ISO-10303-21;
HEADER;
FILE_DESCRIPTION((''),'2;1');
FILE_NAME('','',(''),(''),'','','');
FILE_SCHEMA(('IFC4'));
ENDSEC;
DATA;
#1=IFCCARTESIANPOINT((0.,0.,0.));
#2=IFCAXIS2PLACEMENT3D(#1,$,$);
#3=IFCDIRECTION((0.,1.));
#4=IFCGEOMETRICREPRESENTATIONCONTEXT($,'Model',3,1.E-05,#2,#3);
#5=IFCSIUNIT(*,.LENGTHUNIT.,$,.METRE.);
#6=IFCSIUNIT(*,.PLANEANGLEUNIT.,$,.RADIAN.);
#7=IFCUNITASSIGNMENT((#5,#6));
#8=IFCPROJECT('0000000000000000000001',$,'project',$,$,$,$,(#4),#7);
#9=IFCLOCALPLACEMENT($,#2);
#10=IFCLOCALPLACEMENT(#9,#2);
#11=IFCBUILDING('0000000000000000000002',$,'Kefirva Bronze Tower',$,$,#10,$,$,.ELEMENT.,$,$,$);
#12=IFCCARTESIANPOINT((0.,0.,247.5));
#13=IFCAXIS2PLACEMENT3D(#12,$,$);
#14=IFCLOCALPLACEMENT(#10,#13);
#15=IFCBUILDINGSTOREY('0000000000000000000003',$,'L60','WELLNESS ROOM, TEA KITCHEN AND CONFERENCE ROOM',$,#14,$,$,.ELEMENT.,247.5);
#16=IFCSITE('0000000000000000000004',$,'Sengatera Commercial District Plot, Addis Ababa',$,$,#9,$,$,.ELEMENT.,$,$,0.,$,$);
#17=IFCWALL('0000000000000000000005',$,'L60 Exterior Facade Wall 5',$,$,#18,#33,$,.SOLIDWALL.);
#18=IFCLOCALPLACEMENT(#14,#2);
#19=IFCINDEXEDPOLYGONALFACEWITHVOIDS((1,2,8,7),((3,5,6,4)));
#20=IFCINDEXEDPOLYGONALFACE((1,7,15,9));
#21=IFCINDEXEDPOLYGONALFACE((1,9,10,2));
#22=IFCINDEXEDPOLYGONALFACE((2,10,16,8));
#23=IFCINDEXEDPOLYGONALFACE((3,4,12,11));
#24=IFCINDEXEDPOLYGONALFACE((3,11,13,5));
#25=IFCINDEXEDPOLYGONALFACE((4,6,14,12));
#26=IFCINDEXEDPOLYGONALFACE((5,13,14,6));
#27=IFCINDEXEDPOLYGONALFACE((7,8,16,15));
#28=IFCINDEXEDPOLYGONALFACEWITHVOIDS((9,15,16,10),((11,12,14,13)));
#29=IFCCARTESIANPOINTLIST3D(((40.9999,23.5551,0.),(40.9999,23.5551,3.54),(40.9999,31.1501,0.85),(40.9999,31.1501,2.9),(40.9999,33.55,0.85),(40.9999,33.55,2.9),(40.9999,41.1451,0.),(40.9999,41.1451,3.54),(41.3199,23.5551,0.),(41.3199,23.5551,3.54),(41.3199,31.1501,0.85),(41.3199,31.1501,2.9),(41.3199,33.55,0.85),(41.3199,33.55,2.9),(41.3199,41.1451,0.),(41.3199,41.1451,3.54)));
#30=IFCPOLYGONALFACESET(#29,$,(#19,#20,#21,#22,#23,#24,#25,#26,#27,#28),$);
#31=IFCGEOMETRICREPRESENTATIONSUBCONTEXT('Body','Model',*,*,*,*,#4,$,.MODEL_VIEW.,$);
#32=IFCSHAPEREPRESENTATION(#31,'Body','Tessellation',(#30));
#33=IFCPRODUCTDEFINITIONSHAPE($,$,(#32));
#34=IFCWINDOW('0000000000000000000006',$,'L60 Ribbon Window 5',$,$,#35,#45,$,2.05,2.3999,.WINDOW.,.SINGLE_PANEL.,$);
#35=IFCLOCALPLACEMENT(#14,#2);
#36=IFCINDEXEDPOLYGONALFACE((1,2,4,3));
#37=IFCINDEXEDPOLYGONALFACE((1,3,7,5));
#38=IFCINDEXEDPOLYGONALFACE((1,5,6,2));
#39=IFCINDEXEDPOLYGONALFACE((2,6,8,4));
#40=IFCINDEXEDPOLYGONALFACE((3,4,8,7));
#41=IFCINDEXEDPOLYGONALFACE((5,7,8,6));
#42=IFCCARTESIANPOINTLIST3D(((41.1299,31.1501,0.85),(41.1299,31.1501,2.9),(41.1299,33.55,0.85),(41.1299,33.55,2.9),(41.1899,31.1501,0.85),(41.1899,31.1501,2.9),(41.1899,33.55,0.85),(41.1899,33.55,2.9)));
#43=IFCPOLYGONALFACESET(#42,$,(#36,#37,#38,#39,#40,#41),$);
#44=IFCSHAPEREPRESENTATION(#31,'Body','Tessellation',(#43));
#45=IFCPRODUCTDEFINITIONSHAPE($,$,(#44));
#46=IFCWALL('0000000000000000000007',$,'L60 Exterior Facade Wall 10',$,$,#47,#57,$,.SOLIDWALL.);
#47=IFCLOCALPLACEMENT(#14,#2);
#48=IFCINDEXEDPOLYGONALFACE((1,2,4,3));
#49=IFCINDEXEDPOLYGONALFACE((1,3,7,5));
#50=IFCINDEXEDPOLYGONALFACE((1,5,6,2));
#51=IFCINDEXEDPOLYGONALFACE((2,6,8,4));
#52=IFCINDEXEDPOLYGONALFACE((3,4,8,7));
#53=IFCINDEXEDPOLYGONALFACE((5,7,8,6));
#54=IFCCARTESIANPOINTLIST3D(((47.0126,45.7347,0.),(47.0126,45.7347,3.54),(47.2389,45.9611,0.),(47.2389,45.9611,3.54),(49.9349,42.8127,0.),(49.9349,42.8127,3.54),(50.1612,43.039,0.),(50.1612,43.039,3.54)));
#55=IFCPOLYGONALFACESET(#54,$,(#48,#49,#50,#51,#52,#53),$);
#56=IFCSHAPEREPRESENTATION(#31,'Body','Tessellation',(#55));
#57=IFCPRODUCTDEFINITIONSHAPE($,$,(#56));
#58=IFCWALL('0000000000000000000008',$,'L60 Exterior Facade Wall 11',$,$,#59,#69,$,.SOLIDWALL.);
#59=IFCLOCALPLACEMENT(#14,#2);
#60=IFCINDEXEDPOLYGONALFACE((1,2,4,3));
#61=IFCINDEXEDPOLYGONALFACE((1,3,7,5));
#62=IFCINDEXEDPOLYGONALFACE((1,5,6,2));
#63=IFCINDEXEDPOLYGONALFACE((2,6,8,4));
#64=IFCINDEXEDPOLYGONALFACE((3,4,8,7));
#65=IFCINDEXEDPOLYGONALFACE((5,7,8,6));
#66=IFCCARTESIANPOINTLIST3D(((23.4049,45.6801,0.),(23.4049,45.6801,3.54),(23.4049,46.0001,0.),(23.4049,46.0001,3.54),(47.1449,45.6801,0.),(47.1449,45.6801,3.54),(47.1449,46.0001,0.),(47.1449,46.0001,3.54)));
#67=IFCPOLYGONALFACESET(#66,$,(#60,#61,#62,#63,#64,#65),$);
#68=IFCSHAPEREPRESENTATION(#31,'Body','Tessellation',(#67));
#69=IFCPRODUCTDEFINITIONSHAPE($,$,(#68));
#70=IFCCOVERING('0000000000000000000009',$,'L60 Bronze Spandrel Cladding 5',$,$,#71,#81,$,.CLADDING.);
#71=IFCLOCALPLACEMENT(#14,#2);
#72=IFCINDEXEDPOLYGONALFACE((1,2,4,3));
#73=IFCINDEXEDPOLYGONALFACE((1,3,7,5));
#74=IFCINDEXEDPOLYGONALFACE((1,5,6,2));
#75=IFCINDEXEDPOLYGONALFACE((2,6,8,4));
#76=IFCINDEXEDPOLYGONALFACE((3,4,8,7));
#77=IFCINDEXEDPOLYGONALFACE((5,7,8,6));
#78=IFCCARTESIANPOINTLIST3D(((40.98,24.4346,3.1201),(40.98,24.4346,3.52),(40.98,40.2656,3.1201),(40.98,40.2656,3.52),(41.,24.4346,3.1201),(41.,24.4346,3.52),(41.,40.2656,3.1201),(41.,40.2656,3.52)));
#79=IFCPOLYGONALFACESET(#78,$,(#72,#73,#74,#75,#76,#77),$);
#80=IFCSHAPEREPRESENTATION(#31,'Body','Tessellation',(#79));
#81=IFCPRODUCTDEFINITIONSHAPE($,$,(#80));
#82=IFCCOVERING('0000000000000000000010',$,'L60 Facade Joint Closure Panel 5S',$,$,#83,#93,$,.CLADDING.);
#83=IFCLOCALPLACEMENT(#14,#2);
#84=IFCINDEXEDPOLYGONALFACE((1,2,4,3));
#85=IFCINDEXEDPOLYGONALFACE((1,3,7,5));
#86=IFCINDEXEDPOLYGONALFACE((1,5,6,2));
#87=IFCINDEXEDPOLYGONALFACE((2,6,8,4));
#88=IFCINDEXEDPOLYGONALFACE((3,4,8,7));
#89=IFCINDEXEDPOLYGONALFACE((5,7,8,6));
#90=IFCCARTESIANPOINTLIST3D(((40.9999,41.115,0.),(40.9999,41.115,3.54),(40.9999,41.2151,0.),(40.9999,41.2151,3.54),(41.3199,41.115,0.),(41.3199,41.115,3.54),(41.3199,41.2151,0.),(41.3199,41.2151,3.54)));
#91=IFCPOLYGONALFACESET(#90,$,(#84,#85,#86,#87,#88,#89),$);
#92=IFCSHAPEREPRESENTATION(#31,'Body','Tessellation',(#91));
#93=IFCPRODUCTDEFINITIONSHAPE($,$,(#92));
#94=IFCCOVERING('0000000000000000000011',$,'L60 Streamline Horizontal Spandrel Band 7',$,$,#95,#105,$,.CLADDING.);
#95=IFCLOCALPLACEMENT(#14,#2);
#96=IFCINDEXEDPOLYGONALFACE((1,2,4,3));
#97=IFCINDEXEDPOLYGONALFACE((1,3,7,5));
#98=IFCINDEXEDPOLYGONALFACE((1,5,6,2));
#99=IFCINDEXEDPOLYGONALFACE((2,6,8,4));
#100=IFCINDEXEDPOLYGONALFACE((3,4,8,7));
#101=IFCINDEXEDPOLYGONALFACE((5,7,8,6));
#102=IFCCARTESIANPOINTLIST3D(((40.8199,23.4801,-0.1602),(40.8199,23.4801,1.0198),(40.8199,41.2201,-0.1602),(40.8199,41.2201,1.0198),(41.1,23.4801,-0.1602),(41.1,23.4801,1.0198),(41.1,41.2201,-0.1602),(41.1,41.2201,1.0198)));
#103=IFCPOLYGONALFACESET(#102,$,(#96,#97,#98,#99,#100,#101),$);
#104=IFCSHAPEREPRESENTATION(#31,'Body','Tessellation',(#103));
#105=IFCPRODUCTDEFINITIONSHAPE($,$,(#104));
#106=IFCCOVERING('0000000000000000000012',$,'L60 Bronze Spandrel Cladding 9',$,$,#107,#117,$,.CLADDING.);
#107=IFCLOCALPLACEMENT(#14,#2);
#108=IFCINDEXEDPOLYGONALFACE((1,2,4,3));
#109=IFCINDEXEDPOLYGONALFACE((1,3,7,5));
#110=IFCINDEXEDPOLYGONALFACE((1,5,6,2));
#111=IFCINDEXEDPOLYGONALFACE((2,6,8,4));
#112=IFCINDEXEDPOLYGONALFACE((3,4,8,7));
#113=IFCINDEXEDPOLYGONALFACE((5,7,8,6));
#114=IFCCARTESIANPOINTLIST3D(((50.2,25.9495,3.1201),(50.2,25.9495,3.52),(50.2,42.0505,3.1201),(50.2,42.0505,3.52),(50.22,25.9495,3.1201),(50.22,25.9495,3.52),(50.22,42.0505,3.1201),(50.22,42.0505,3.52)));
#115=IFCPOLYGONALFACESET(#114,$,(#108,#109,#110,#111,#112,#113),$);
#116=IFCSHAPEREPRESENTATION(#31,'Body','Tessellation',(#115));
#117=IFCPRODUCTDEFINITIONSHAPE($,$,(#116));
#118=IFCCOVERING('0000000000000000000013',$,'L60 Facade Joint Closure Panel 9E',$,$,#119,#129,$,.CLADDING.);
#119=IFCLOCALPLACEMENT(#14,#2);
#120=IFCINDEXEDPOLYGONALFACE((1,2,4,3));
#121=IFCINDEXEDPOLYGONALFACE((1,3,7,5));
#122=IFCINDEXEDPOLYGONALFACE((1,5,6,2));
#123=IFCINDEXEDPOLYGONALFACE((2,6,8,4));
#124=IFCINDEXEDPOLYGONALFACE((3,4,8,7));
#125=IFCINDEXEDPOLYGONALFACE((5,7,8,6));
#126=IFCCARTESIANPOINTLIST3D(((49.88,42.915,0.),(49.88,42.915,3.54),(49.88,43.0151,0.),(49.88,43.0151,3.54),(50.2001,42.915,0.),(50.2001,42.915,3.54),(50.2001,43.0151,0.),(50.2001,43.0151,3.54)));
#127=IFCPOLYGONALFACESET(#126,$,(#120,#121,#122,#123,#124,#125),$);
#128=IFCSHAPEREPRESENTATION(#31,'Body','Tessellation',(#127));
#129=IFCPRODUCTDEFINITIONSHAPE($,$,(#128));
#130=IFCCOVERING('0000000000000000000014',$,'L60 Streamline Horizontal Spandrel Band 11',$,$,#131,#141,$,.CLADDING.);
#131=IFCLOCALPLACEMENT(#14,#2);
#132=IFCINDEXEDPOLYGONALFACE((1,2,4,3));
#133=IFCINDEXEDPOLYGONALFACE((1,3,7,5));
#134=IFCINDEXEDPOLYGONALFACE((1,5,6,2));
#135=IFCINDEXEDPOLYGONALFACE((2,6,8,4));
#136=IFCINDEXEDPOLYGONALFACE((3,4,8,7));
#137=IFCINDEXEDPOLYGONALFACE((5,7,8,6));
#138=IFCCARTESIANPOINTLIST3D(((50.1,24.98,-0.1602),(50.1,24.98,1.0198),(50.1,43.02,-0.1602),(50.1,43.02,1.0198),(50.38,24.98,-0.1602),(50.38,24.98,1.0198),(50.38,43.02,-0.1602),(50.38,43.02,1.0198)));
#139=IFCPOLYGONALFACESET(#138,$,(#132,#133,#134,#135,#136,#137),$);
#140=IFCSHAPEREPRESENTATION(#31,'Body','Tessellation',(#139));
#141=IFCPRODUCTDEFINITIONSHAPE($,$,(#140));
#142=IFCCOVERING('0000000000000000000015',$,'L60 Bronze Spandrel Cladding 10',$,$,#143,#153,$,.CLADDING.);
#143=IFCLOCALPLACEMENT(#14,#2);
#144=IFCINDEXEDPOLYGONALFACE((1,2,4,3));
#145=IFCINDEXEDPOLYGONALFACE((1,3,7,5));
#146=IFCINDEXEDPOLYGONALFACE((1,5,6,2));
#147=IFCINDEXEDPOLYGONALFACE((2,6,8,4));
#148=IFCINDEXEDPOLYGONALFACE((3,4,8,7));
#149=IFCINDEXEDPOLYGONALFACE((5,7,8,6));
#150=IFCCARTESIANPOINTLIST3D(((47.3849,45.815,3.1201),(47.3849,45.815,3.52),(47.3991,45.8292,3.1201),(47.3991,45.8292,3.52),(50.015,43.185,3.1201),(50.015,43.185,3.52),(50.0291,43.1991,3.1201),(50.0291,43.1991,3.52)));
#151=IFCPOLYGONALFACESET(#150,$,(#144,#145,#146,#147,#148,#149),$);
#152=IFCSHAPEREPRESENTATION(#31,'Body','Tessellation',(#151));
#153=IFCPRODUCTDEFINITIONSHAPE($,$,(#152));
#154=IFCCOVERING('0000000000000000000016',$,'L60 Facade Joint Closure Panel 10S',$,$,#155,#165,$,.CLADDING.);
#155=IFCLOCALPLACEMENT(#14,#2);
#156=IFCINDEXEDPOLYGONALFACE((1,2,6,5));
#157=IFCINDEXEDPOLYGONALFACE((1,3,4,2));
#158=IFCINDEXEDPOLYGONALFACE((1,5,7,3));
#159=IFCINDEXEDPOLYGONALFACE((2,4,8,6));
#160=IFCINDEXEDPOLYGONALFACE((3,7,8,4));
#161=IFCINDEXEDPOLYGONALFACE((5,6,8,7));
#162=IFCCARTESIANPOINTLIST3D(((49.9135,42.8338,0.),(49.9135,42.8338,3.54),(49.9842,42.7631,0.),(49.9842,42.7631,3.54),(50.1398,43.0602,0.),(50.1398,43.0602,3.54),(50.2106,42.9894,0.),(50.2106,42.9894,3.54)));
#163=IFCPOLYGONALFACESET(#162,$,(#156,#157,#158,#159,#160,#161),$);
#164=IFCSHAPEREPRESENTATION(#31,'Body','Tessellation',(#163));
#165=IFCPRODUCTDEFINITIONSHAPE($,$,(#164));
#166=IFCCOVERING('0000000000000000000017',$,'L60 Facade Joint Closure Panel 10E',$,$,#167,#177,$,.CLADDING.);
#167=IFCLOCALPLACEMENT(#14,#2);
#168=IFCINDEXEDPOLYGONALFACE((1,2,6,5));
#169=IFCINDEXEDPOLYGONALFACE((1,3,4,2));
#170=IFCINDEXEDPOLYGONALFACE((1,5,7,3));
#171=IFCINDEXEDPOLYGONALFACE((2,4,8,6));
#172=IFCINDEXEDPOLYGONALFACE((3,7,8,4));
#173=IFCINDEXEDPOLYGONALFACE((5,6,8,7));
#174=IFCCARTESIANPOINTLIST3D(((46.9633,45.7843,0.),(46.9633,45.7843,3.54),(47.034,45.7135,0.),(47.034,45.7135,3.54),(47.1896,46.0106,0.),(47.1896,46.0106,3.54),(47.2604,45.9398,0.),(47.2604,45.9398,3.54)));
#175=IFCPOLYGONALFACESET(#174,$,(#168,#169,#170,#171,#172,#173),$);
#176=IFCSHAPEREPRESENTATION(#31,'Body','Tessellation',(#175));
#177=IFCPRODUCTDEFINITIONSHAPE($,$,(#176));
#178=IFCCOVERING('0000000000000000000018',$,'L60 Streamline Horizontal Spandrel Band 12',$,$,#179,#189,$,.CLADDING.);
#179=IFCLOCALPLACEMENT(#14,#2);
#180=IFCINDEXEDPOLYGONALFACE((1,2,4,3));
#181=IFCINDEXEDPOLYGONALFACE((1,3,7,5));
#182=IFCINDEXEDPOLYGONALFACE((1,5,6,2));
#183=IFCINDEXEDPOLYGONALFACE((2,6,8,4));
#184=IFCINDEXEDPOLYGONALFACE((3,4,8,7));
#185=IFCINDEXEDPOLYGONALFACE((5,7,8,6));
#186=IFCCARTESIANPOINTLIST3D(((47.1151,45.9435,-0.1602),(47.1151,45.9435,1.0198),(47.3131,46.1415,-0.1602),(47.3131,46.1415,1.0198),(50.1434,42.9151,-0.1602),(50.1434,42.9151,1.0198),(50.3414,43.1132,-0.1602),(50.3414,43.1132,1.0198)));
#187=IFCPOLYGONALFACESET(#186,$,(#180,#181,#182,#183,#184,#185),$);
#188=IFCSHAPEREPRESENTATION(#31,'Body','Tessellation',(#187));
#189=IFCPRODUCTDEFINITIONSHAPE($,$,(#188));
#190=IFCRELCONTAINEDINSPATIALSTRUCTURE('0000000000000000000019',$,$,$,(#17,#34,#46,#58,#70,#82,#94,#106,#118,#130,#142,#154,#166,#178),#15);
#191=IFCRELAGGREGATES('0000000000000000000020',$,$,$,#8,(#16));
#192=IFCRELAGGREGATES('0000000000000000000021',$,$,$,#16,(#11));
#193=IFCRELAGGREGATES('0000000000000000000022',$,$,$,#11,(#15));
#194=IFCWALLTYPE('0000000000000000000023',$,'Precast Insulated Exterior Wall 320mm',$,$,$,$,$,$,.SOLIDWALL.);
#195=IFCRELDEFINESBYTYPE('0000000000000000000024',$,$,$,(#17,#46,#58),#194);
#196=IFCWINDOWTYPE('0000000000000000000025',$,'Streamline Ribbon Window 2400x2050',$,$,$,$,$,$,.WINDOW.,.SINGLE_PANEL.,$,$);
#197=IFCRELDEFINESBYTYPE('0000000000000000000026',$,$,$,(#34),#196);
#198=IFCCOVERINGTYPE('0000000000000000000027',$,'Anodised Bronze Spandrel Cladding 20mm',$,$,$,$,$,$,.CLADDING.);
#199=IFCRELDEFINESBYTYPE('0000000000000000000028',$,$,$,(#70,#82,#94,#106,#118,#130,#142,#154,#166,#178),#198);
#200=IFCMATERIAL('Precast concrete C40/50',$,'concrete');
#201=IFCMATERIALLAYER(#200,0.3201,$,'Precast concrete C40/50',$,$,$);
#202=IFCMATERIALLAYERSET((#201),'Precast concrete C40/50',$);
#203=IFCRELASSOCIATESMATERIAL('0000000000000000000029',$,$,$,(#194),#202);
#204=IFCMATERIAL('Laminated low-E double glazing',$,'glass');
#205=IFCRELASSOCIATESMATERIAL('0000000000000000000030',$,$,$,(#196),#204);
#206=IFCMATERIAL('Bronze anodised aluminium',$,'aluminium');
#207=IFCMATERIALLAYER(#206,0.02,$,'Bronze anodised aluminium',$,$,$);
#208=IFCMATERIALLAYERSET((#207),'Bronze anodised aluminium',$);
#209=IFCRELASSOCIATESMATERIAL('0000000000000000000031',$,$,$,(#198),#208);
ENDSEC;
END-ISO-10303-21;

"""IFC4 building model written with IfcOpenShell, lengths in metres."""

from ifc_helpers import new_model, si_unit, direction, frame, frame_2d, origin, origin_2d, place, context, subcontext, project, spatial, rectangle, extrude, material, layer, layer_set, type_object, element, fill, save


model = new_model("IFC4")

# Units and contexts
model_context = context("Model", 3, precision=1e-05, world=origin(), true_north=direction((0.0, 1.0)))
body_context = subcontext(model_context, "Body", "Model", "MODEL_VIEW")
ifc_project = project(units=[si_unit("LENGTHUNIT", "METRE"), si_unit("PLANEANGLEUNIT", "RADIAN")], contexts=[model_context])

# Site, building, storey
site_placement = place(None, origin())
site = spatial("IfcSite", under=ifc_project, at=site_placement, Name="Sengatera Commercial District Plot, Addis Ababa", CompositionType="ELEMENT", RefElevation=0.0)
building_placement = place(site_placement, origin())
building = spatial("IfcBuilding", under=site, at=building_placement, Name="Kefirva Bronze Tower", CompositionType="ELEMENT")
storey_placement = place(building_placement, frame((0.0, 0.0, 247.5)))
storey = spatial("IfcBuildingStorey", under=building, at=storey_placement, Name="L60", Description="WELLNESS ROOM, TEA KITCHEN AND CONFERENCE ROOM", CompositionType="ELEMENT", Elevation=247.5)

# Shared definitions
ifc_material_1 = material(Name="Bronze anodised aluminium", Category="aluminium")

# Shared definitions
ifc_material_2 = material(Name="Laminated low-E double glazing", Category="glass")

# Wall, opening, window
ifc_material_3 = material(Name="Precast concrete C40/50", Category="concrete")
ifc_layer_1 = layer(ifc_material_3, 0.3201, Name="Precast concrete C40/50")
ifc_layer_set_1 = layer_set([ifc_layer_1], Name="Precast concrete C40/50")
wall_type_1 = type_object("IfcWallType", Name="Precast Insulated Exterior Wall 320mm", PredefinedType="SOLIDWALL", material=ifc_layer_set_1)
wall_1_placement = place(storey_placement, frame((41.1599, 41.145, 0.0), z_axis=(0.0, 0.0, 1.0), x_axis=(0.0, -1.0, 0.0)))
wall_1 = element("IfcWall", 1, at=wall_1_placement, inside=storey, type_object=wall_type_1, Name="L60 Exterior Facade Wall 5", PredefinedType="SOLIDWALL", context=body_context, shape_type="SweptSolid", body=[
    extrude(rectangle(XDim=17.5901, YDim=0.3201, at=frame_2d((8.7949, 0.0))), origin(), (0.0, 0.0, 1.0), 3.54),
])
opening_placement = place(wall_1_placement, frame((7.595, 0.0, 0.8501)))
opening = element("IfcOpeningElement", 2, at=opening_placement, cuts=wall_1, PredefinedType="OPENING", context=body_context, shape_type="SweptSolid", body=[
    extrude(rectangle(XDim=2.3999, YDim=2.05, at=frame_2d((1.2, 1.0249))), frame((0.0, 0.1699, 0.0), z_axis=(0.0, -1.0, 0.0), x_axis=(1.0, 0.0, 0.0)), (0.0, 0.0, 1.0), 0.3401),
])
window_type = type_object("IfcWindowType", Name="Streamline Ribbon Window 2400x2050", PartitioningType="SINGLE_PANEL", PredefinedType="WINDOW", material=ifc_material_2)
window_placement = place(opening_placement, origin())
window = element("IfcWindow", 3, at=window_placement, inside=storey, type_object=window_type, Name="L60 Ribbon Window 5", OverallHeight=2.05, OverallWidth=2.3999, PartitioningType="SINGLE_PANEL", PredefinedType="WINDOW", context=body_context, shape_type="SweptSolid", body=[
    extrude(rectangle(XDim=2.3999, YDim=2.05, at=frame_2d((1.2, 1.0249))), frame((0.0, 0.03, 0.0), z_axis=(0.0, -1.0, 0.0), x_axis=(1.0, 0.0, 0.0)), (0.0, 0.0, 1.0), 0.0601),
])
fill(opening, window)

# Walls
wall_2_placement = place(storey_placement, frame((50.0481, 42.9258, 0.0), z_axis=(0.0, 0.0, 1.0), x_axis=(-0.707136, 0.707077, 0.0)))
element("IfcWall", 4, at=wall_2_placement, inside=storey, type_object=wall_type_1, Name="L60 Exterior Facade Wall 10", PredefinedType="SOLIDWALL", context=body_context, shape_type="SweptSolid", body=[
    extrude(rectangle(XDim=4.1326, YDim=0.3201, at=frame_2d((2.0664, 0.0))), origin(), (0.0, 0.0, 1.0), 3.54),
])
wall_3_placement = place(storey_placement, frame((47.145, 45.8401, 0.0), z_axis=(0.0, 0.0, 1.0), x_axis=(-1.0, 0.0, 0.0)))
element("IfcWall", 5, at=wall_3_placement, inside=storey, type_object=wall_type_1, Name="L60 Exterior Facade Wall 11", PredefinedType="SOLIDWALL", context=body_context, shape_type="SweptSolid", body=[
    extrude(rectangle(XDim=23.74, YDim=0.3201, at=frame_2d((11.8701, 0.0))), origin(), (0.0, 0.0, 1.0), 3.54),
])

# Coverings
ifc_layer_2 = layer(ifc_material_1, 0.02, Name="Bronze anodised aluminium")
ifc_layer_set_2 = layer_set([ifc_layer_2], Name="Bronze anodised aluminium")
covering_type_1 = type_object("IfcCoveringType", Name="Anodised Bronze Spandrel Cladding 20mm", PredefinedType="CLADDING", material=ifc_layer_set_2)
covering_1_placement = place(storey_placement, frame((40.99, 32.3501, 3.1201), z_axis=(0.0, 0.0, 1.0), x_axis=(0.0, -1.0, 0.0)))
element("IfcCovering", 6, at=covering_1_placement, inside=storey, type_object=covering_type_1, Name="L60 Bronze Spandrel Cladding 5", PredefinedType="CLADDING", context=body_context, shape_type="SweptSolid", body=[
    extrude(rectangle(XDim=15.8311, YDim=0.02, at=origin_2d()), origin(), (0.0, 0.0, 1.0), 0.3999),
])
covering_2_placement = place(storey_placement, frame((41.1599, 41.165, 0.0), z_axis=(0.0, 0.0, 1.0), x_axis=(0.0, -1.0, 0.0)))
element("IfcCovering", 7, at=covering_2_placement, inside=storey, type_object=covering_type_1, Name="L60 Facade Joint Closure Panel 5S", PredefinedType="CLADDING", context=body_context, shape_type="SweptSolid", body=[
    extrude(rectangle(XDim=0.1001, YDim=0.3201, at=origin_2d()), origin(), (0.0, 0.0, 1.0), 3.54),
])
covering_3_placement = place(storey_placement, frame((40.96, 32.3501, -0.1602), z_axis=(0.0, 0.0, 1.0), x_axis=(0.0, -1.0, 0.0)))
element("IfcCovering", 8, at=covering_3_placement, inside=storey, type_object=covering_type_1, Name="L60 Streamline Horizontal Spandrel Band 7", PredefinedType="CLADDING", context=body_context, shape_type="SweptSolid", body=[
    extrude(rectangle(XDim=17.74, YDim=0.28, at=origin_2d()), origin(), (0.0, 0.0, 1.0), 1.1799),
])
covering_4_placement = place(storey_placement, frame((50.21, 34.0, 3.1201), z_axis=(0.0, 0.0, 1.0), x_axis=(0.0, 1.0, 0.0)))
element("IfcCovering", 9, at=covering_4_placement, inside=storey, type_object=covering_type_1, Name="L60 Bronze Spandrel Cladding 9", PredefinedType="CLADDING", context=body_context, shape_type="SweptSolid", body=[
    extrude(rectangle(XDim=16.1011, YDim=0.02, at=origin_2d()), origin(), (0.0, 0.0, 1.0), 0.3999),
])
covering_5_placement = place(storey_placement, frame((50.04, 42.9651, 0.0), z_axis=(0.0, 0.0, 1.0), x_axis=(0.0, 1.0, 0.0)))
element("IfcCovering", 10, at=covering_5_placement, inside=storey, type_object=covering_type_1, Name="L60 Facade Joint Closure Panel 9E", PredefinedType="CLADDING", context=body_context, shape_type="SweptSolid", body=[
    extrude(rectangle(XDim=0.1001, YDim=0.3201, at=origin_2d()), origin(), (0.0, 0.0, 1.0), 3.54),
])
covering_6_placement = place(storey_placement, frame((50.24, 34.0, -0.1602), z_axis=(0.0, 0.0, 1.0), x_axis=(0.0, 1.0, 0.0)))
element("IfcCovering", 11, at=covering_6_placement, inside=storey, type_object=covering_type_1, Name="L60 Streamline Horizontal Spandrel Band 11", PredefinedType="CLADDING", context=body_context, shape_type="SweptSolid", body=[
    extrude(rectangle(XDim=18.04, YDim=0.28, at=origin_2d()), origin(), (0.0, 0.0, 1.0), 1.1799),
])
covering_7_placement = place(storey_placement, frame((48.707, 44.5071, 3.1201), z_axis=(0.0, 0.0, 1.0), x_axis=(-0.707107, 0.707107, 0.0)))
element("IfcCovering", 12, at=covering_7_placement, inside=storey, type_object=covering_type_1, Name="L60 Bronze Spandrel Cladding 10", PredefinedType="CLADDING", context=body_context, shape_type="SweptSolid", body=[
    extrude(rectangle(XDim=3.7195, YDim=0.02, at=origin_2d()), origin(), (0.0, 0.0, 1.0), 0.3999),
])
for number, where, z_axis, x_axis, name in (
    (13, (50.062, 42.9116, 0.0), (0.0, 0.0, 1.0), (-0.707107, 0.707107, 0.0), "L60 Facade Joint Closure Panel 10S"),
    (14, (47.1118, 45.8621, 0.0), (0.0, 0.0, 1.0), (-0.707107, 0.707107, 0.0), "L60 Facade Joint Closure Panel 10E"),
):
    element("IfcCovering", number, at=place(storey_placement, frame(where, z_axis=z_axis, x_axis=x_axis)), inside=storey, type_object=covering_type_1, Name=name, PredefinedType="CLADDING", context=body_context, shape_type="SweptSolid", body=[
        extrude(rectangle(XDim=0.1001, YDim=0.3201, at=origin_2d()), origin(), (0.0, 0.0, 1.0), 3.54),
    ])
covering_8_placement = place(storey_placement, frame((48.7283, 44.5283, -0.1602), z_axis=(0.0, 0.0, 1.0), x_axis=(-0.707107, 0.707107, 0.0)))
element("IfcCovering", 15, at=covering_8_placement, inside=storey, type_object=covering_type_1, Name="L60 Streamline Horizontal Spandrel Band 12", PredefinedType="CLADDING", context=body_context, shape_type="SweptSolid", body=[
    extrude(rectangle(XDim=4.2827, YDim=0.28, at=origin_2d()), origin(), (0.0, 0.0, 1.0), 1.1799),
])

save(model, "model.ifc")
